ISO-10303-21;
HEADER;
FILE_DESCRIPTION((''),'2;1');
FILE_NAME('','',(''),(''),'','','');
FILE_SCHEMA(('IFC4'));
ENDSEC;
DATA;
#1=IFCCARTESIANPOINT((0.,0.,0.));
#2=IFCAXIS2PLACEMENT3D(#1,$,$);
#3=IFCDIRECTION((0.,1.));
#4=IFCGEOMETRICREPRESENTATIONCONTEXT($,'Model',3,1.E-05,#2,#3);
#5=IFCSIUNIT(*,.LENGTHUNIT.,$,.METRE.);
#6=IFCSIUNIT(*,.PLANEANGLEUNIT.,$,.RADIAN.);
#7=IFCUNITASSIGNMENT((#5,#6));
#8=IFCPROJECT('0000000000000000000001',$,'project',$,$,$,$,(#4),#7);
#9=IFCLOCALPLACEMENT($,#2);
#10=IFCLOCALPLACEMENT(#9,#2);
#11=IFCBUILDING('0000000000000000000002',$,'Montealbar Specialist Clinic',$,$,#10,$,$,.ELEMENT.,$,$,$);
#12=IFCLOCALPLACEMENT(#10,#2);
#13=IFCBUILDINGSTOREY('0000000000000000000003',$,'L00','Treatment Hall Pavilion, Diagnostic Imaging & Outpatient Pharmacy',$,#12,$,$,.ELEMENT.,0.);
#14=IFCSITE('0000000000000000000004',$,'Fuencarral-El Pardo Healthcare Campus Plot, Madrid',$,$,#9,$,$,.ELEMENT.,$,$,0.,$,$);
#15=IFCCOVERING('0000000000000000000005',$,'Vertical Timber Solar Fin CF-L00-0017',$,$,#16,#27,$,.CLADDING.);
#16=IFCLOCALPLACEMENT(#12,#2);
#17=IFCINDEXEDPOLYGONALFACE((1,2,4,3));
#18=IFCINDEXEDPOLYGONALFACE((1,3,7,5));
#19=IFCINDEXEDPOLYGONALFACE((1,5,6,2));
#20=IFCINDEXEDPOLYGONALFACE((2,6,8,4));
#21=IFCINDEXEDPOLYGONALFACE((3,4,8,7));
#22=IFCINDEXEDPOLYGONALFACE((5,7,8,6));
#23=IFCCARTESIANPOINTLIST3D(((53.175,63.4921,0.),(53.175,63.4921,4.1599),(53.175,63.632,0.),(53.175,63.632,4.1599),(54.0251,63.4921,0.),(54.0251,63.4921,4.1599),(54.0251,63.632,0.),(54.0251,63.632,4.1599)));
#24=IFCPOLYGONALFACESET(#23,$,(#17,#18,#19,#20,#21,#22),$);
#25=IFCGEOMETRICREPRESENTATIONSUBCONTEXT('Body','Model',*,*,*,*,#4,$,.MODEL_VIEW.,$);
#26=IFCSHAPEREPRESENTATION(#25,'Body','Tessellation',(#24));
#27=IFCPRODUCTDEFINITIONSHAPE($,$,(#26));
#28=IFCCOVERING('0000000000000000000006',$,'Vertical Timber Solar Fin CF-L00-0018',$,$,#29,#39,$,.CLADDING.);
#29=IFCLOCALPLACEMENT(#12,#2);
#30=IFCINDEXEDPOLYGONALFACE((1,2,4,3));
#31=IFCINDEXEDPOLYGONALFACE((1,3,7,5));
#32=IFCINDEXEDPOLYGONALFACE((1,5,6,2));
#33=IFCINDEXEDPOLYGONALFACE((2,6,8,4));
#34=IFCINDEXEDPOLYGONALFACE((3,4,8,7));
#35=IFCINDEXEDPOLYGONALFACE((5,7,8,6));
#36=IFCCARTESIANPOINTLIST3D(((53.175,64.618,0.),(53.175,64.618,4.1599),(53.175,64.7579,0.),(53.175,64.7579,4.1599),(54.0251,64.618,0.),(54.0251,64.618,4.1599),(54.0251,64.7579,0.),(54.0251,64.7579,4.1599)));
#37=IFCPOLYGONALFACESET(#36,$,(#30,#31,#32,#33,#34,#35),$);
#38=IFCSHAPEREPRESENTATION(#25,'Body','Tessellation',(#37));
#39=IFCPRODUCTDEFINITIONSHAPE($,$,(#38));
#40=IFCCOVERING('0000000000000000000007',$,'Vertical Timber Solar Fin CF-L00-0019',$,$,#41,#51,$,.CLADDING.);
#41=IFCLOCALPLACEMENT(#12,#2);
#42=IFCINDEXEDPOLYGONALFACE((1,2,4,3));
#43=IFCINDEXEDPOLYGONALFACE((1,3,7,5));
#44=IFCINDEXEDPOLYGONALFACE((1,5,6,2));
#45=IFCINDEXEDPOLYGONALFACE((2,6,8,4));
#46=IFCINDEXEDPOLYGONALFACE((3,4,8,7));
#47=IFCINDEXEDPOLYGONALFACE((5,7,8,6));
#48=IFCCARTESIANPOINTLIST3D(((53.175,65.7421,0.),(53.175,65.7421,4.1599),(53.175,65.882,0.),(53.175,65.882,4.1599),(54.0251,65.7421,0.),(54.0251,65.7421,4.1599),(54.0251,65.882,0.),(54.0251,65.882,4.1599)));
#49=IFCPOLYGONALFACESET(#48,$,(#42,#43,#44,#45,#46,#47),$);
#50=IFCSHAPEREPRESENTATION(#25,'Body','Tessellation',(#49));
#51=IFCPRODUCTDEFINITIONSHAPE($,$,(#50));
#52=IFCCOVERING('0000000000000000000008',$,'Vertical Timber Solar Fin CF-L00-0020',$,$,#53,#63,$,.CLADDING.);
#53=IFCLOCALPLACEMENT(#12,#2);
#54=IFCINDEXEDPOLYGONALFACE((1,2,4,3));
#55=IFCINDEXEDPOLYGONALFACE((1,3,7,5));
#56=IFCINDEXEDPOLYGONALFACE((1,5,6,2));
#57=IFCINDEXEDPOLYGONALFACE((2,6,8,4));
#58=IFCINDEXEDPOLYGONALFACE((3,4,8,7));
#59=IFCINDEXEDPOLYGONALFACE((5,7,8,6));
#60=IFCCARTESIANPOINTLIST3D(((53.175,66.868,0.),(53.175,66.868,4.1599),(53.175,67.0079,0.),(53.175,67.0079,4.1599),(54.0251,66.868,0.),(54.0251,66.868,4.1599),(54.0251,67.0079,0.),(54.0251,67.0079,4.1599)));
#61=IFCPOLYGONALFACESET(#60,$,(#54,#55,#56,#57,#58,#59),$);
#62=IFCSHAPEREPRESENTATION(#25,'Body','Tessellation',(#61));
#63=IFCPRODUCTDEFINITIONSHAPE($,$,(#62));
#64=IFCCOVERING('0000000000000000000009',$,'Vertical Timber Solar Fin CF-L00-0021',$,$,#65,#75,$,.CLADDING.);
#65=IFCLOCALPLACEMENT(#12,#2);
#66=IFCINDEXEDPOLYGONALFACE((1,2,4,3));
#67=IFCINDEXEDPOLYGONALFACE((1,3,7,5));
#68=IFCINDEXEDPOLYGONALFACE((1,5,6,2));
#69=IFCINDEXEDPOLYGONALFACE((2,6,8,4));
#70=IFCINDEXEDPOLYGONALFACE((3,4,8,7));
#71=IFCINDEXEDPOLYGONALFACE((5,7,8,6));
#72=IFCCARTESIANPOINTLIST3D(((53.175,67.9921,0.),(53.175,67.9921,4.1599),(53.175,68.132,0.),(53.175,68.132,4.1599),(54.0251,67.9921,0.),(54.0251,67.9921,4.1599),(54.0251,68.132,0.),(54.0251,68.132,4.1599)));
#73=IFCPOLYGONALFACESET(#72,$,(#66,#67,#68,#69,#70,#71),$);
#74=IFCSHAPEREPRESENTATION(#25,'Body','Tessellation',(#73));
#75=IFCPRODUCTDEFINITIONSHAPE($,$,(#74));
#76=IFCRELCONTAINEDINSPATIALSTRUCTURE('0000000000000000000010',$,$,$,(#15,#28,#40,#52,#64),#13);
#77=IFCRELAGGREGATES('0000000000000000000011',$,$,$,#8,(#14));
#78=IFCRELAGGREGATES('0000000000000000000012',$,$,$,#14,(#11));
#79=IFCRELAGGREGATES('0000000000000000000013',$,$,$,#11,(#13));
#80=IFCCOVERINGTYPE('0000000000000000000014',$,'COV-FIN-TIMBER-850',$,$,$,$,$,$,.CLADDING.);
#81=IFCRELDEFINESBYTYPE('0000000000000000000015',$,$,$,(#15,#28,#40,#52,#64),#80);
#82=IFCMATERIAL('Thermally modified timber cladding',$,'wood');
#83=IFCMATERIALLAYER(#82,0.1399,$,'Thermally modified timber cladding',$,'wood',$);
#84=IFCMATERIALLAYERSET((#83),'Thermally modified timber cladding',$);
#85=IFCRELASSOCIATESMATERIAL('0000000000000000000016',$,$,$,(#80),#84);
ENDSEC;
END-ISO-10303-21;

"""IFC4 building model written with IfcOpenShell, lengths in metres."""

from ifc_helpers import new_model, si_unit, direction, frame, origin, origin_2d, place, context, subcontext, project, spatial, rectangle, extrude, material, layer, layer_set, type_object, element, save


model = new_model("IFC4")

# Units and contexts
model_context = context("Model", 3, precision=1e-05, world=origin(), true_north=direction((0.0, 1.0)))
body_context = subcontext(model_context, "Body", "Model", "MODEL_VIEW")
ifc_project = project(units=[si_unit("LENGTHUNIT", "METRE"), si_unit("PLANEANGLEUNIT", "RADIAN")], contexts=[model_context])

# Site, building, storey
site_placement = place(None, origin())
site = spatial("IfcSite", under=ifc_project, at=site_placement, Name="Fuencarral-El Pardo Healthcare Campus Plot, Madrid", CompositionType="ELEMENT", RefElevation=0.0)
building_placement = place(site_placement, origin())
building = spatial("IfcBuilding", under=site, at=building_placement, Name="Montealbar Specialist Clinic", CompositionType="ELEMENT")
storey_placement = place(building_placement, origin())
storey = spatial("IfcBuildingStorey", under=building, at=storey_placement, Name="L00", Description="Treatment Hall Pavilion, Diagnostic Imaging & Outpatient Pharmacy", CompositionType="ELEMENT", Elevation=0.0)

# Coverings
ifc_material_1 = material(Name="Thermally modified timber cladding", Category="wood")
ifc_layer_1 = layer(ifc_material_1, 0.1399, Name="Thermally modified timber cladding", Category="wood")
ifc_layer_set_1 = layer_set([ifc_layer_1], Name="Thermally modified timber cladding")
covering_type_1 = type_object("IfcCoveringType", Name="COV-FIN-TIMBER-850", PredefinedType="CLADDING", material=ifc_layer_set_1)
for number, where, z_axis, x_axis, name in (
    (1, (53.6001, 63.562, 0.0), (0.0, 0.0, 1.0), (-1.0, 0.0, 0.0), "Vertical Timber Solar Fin CF-L00-0017"),
    (2, (53.6001, 64.688, 0.0), (0.0, 0.0, 1.0), (-1.0, 0.0, 0.0), "Vertical Timber Solar Fin CF-L00-0018"),
    (3, (53.6001, 65.812, 0.0), (0.0, 0.0, 1.0), (-1.0, 0.0, 0.0), "Vertical Timber Solar Fin CF-L00-0019"),
    (4, (53.6001, 66.938, 0.0), (0.0, 0.0, 1.0), (-1.0, 0.0, 0.0), "Vertical Timber Solar Fin CF-L00-0020"),
    (5, (53.6001, 68.062, 0.0), (0.0, 0.0, 1.0), (-1.0, 0.0, 0.0), "Vertical Timber Solar Fin CF-L00-0021"),
):
    element("IfcCovering", number, at=place(storey_placement, frame(where, z_axis=z_axis, x_axis=x_axis)), inside=storey, type_object=covering_type_1, Name=name, PredefinedType="CLADDING", context=body_context, shape_type="SweptSolid", body=[
        extrude(rectangle(XDim=0.8501, YDim=0.1399, at=origin_2d()), origin(), (0.0, 0.0, 1.0), 4.1599),
    ])

save(model, "model.ifc")
